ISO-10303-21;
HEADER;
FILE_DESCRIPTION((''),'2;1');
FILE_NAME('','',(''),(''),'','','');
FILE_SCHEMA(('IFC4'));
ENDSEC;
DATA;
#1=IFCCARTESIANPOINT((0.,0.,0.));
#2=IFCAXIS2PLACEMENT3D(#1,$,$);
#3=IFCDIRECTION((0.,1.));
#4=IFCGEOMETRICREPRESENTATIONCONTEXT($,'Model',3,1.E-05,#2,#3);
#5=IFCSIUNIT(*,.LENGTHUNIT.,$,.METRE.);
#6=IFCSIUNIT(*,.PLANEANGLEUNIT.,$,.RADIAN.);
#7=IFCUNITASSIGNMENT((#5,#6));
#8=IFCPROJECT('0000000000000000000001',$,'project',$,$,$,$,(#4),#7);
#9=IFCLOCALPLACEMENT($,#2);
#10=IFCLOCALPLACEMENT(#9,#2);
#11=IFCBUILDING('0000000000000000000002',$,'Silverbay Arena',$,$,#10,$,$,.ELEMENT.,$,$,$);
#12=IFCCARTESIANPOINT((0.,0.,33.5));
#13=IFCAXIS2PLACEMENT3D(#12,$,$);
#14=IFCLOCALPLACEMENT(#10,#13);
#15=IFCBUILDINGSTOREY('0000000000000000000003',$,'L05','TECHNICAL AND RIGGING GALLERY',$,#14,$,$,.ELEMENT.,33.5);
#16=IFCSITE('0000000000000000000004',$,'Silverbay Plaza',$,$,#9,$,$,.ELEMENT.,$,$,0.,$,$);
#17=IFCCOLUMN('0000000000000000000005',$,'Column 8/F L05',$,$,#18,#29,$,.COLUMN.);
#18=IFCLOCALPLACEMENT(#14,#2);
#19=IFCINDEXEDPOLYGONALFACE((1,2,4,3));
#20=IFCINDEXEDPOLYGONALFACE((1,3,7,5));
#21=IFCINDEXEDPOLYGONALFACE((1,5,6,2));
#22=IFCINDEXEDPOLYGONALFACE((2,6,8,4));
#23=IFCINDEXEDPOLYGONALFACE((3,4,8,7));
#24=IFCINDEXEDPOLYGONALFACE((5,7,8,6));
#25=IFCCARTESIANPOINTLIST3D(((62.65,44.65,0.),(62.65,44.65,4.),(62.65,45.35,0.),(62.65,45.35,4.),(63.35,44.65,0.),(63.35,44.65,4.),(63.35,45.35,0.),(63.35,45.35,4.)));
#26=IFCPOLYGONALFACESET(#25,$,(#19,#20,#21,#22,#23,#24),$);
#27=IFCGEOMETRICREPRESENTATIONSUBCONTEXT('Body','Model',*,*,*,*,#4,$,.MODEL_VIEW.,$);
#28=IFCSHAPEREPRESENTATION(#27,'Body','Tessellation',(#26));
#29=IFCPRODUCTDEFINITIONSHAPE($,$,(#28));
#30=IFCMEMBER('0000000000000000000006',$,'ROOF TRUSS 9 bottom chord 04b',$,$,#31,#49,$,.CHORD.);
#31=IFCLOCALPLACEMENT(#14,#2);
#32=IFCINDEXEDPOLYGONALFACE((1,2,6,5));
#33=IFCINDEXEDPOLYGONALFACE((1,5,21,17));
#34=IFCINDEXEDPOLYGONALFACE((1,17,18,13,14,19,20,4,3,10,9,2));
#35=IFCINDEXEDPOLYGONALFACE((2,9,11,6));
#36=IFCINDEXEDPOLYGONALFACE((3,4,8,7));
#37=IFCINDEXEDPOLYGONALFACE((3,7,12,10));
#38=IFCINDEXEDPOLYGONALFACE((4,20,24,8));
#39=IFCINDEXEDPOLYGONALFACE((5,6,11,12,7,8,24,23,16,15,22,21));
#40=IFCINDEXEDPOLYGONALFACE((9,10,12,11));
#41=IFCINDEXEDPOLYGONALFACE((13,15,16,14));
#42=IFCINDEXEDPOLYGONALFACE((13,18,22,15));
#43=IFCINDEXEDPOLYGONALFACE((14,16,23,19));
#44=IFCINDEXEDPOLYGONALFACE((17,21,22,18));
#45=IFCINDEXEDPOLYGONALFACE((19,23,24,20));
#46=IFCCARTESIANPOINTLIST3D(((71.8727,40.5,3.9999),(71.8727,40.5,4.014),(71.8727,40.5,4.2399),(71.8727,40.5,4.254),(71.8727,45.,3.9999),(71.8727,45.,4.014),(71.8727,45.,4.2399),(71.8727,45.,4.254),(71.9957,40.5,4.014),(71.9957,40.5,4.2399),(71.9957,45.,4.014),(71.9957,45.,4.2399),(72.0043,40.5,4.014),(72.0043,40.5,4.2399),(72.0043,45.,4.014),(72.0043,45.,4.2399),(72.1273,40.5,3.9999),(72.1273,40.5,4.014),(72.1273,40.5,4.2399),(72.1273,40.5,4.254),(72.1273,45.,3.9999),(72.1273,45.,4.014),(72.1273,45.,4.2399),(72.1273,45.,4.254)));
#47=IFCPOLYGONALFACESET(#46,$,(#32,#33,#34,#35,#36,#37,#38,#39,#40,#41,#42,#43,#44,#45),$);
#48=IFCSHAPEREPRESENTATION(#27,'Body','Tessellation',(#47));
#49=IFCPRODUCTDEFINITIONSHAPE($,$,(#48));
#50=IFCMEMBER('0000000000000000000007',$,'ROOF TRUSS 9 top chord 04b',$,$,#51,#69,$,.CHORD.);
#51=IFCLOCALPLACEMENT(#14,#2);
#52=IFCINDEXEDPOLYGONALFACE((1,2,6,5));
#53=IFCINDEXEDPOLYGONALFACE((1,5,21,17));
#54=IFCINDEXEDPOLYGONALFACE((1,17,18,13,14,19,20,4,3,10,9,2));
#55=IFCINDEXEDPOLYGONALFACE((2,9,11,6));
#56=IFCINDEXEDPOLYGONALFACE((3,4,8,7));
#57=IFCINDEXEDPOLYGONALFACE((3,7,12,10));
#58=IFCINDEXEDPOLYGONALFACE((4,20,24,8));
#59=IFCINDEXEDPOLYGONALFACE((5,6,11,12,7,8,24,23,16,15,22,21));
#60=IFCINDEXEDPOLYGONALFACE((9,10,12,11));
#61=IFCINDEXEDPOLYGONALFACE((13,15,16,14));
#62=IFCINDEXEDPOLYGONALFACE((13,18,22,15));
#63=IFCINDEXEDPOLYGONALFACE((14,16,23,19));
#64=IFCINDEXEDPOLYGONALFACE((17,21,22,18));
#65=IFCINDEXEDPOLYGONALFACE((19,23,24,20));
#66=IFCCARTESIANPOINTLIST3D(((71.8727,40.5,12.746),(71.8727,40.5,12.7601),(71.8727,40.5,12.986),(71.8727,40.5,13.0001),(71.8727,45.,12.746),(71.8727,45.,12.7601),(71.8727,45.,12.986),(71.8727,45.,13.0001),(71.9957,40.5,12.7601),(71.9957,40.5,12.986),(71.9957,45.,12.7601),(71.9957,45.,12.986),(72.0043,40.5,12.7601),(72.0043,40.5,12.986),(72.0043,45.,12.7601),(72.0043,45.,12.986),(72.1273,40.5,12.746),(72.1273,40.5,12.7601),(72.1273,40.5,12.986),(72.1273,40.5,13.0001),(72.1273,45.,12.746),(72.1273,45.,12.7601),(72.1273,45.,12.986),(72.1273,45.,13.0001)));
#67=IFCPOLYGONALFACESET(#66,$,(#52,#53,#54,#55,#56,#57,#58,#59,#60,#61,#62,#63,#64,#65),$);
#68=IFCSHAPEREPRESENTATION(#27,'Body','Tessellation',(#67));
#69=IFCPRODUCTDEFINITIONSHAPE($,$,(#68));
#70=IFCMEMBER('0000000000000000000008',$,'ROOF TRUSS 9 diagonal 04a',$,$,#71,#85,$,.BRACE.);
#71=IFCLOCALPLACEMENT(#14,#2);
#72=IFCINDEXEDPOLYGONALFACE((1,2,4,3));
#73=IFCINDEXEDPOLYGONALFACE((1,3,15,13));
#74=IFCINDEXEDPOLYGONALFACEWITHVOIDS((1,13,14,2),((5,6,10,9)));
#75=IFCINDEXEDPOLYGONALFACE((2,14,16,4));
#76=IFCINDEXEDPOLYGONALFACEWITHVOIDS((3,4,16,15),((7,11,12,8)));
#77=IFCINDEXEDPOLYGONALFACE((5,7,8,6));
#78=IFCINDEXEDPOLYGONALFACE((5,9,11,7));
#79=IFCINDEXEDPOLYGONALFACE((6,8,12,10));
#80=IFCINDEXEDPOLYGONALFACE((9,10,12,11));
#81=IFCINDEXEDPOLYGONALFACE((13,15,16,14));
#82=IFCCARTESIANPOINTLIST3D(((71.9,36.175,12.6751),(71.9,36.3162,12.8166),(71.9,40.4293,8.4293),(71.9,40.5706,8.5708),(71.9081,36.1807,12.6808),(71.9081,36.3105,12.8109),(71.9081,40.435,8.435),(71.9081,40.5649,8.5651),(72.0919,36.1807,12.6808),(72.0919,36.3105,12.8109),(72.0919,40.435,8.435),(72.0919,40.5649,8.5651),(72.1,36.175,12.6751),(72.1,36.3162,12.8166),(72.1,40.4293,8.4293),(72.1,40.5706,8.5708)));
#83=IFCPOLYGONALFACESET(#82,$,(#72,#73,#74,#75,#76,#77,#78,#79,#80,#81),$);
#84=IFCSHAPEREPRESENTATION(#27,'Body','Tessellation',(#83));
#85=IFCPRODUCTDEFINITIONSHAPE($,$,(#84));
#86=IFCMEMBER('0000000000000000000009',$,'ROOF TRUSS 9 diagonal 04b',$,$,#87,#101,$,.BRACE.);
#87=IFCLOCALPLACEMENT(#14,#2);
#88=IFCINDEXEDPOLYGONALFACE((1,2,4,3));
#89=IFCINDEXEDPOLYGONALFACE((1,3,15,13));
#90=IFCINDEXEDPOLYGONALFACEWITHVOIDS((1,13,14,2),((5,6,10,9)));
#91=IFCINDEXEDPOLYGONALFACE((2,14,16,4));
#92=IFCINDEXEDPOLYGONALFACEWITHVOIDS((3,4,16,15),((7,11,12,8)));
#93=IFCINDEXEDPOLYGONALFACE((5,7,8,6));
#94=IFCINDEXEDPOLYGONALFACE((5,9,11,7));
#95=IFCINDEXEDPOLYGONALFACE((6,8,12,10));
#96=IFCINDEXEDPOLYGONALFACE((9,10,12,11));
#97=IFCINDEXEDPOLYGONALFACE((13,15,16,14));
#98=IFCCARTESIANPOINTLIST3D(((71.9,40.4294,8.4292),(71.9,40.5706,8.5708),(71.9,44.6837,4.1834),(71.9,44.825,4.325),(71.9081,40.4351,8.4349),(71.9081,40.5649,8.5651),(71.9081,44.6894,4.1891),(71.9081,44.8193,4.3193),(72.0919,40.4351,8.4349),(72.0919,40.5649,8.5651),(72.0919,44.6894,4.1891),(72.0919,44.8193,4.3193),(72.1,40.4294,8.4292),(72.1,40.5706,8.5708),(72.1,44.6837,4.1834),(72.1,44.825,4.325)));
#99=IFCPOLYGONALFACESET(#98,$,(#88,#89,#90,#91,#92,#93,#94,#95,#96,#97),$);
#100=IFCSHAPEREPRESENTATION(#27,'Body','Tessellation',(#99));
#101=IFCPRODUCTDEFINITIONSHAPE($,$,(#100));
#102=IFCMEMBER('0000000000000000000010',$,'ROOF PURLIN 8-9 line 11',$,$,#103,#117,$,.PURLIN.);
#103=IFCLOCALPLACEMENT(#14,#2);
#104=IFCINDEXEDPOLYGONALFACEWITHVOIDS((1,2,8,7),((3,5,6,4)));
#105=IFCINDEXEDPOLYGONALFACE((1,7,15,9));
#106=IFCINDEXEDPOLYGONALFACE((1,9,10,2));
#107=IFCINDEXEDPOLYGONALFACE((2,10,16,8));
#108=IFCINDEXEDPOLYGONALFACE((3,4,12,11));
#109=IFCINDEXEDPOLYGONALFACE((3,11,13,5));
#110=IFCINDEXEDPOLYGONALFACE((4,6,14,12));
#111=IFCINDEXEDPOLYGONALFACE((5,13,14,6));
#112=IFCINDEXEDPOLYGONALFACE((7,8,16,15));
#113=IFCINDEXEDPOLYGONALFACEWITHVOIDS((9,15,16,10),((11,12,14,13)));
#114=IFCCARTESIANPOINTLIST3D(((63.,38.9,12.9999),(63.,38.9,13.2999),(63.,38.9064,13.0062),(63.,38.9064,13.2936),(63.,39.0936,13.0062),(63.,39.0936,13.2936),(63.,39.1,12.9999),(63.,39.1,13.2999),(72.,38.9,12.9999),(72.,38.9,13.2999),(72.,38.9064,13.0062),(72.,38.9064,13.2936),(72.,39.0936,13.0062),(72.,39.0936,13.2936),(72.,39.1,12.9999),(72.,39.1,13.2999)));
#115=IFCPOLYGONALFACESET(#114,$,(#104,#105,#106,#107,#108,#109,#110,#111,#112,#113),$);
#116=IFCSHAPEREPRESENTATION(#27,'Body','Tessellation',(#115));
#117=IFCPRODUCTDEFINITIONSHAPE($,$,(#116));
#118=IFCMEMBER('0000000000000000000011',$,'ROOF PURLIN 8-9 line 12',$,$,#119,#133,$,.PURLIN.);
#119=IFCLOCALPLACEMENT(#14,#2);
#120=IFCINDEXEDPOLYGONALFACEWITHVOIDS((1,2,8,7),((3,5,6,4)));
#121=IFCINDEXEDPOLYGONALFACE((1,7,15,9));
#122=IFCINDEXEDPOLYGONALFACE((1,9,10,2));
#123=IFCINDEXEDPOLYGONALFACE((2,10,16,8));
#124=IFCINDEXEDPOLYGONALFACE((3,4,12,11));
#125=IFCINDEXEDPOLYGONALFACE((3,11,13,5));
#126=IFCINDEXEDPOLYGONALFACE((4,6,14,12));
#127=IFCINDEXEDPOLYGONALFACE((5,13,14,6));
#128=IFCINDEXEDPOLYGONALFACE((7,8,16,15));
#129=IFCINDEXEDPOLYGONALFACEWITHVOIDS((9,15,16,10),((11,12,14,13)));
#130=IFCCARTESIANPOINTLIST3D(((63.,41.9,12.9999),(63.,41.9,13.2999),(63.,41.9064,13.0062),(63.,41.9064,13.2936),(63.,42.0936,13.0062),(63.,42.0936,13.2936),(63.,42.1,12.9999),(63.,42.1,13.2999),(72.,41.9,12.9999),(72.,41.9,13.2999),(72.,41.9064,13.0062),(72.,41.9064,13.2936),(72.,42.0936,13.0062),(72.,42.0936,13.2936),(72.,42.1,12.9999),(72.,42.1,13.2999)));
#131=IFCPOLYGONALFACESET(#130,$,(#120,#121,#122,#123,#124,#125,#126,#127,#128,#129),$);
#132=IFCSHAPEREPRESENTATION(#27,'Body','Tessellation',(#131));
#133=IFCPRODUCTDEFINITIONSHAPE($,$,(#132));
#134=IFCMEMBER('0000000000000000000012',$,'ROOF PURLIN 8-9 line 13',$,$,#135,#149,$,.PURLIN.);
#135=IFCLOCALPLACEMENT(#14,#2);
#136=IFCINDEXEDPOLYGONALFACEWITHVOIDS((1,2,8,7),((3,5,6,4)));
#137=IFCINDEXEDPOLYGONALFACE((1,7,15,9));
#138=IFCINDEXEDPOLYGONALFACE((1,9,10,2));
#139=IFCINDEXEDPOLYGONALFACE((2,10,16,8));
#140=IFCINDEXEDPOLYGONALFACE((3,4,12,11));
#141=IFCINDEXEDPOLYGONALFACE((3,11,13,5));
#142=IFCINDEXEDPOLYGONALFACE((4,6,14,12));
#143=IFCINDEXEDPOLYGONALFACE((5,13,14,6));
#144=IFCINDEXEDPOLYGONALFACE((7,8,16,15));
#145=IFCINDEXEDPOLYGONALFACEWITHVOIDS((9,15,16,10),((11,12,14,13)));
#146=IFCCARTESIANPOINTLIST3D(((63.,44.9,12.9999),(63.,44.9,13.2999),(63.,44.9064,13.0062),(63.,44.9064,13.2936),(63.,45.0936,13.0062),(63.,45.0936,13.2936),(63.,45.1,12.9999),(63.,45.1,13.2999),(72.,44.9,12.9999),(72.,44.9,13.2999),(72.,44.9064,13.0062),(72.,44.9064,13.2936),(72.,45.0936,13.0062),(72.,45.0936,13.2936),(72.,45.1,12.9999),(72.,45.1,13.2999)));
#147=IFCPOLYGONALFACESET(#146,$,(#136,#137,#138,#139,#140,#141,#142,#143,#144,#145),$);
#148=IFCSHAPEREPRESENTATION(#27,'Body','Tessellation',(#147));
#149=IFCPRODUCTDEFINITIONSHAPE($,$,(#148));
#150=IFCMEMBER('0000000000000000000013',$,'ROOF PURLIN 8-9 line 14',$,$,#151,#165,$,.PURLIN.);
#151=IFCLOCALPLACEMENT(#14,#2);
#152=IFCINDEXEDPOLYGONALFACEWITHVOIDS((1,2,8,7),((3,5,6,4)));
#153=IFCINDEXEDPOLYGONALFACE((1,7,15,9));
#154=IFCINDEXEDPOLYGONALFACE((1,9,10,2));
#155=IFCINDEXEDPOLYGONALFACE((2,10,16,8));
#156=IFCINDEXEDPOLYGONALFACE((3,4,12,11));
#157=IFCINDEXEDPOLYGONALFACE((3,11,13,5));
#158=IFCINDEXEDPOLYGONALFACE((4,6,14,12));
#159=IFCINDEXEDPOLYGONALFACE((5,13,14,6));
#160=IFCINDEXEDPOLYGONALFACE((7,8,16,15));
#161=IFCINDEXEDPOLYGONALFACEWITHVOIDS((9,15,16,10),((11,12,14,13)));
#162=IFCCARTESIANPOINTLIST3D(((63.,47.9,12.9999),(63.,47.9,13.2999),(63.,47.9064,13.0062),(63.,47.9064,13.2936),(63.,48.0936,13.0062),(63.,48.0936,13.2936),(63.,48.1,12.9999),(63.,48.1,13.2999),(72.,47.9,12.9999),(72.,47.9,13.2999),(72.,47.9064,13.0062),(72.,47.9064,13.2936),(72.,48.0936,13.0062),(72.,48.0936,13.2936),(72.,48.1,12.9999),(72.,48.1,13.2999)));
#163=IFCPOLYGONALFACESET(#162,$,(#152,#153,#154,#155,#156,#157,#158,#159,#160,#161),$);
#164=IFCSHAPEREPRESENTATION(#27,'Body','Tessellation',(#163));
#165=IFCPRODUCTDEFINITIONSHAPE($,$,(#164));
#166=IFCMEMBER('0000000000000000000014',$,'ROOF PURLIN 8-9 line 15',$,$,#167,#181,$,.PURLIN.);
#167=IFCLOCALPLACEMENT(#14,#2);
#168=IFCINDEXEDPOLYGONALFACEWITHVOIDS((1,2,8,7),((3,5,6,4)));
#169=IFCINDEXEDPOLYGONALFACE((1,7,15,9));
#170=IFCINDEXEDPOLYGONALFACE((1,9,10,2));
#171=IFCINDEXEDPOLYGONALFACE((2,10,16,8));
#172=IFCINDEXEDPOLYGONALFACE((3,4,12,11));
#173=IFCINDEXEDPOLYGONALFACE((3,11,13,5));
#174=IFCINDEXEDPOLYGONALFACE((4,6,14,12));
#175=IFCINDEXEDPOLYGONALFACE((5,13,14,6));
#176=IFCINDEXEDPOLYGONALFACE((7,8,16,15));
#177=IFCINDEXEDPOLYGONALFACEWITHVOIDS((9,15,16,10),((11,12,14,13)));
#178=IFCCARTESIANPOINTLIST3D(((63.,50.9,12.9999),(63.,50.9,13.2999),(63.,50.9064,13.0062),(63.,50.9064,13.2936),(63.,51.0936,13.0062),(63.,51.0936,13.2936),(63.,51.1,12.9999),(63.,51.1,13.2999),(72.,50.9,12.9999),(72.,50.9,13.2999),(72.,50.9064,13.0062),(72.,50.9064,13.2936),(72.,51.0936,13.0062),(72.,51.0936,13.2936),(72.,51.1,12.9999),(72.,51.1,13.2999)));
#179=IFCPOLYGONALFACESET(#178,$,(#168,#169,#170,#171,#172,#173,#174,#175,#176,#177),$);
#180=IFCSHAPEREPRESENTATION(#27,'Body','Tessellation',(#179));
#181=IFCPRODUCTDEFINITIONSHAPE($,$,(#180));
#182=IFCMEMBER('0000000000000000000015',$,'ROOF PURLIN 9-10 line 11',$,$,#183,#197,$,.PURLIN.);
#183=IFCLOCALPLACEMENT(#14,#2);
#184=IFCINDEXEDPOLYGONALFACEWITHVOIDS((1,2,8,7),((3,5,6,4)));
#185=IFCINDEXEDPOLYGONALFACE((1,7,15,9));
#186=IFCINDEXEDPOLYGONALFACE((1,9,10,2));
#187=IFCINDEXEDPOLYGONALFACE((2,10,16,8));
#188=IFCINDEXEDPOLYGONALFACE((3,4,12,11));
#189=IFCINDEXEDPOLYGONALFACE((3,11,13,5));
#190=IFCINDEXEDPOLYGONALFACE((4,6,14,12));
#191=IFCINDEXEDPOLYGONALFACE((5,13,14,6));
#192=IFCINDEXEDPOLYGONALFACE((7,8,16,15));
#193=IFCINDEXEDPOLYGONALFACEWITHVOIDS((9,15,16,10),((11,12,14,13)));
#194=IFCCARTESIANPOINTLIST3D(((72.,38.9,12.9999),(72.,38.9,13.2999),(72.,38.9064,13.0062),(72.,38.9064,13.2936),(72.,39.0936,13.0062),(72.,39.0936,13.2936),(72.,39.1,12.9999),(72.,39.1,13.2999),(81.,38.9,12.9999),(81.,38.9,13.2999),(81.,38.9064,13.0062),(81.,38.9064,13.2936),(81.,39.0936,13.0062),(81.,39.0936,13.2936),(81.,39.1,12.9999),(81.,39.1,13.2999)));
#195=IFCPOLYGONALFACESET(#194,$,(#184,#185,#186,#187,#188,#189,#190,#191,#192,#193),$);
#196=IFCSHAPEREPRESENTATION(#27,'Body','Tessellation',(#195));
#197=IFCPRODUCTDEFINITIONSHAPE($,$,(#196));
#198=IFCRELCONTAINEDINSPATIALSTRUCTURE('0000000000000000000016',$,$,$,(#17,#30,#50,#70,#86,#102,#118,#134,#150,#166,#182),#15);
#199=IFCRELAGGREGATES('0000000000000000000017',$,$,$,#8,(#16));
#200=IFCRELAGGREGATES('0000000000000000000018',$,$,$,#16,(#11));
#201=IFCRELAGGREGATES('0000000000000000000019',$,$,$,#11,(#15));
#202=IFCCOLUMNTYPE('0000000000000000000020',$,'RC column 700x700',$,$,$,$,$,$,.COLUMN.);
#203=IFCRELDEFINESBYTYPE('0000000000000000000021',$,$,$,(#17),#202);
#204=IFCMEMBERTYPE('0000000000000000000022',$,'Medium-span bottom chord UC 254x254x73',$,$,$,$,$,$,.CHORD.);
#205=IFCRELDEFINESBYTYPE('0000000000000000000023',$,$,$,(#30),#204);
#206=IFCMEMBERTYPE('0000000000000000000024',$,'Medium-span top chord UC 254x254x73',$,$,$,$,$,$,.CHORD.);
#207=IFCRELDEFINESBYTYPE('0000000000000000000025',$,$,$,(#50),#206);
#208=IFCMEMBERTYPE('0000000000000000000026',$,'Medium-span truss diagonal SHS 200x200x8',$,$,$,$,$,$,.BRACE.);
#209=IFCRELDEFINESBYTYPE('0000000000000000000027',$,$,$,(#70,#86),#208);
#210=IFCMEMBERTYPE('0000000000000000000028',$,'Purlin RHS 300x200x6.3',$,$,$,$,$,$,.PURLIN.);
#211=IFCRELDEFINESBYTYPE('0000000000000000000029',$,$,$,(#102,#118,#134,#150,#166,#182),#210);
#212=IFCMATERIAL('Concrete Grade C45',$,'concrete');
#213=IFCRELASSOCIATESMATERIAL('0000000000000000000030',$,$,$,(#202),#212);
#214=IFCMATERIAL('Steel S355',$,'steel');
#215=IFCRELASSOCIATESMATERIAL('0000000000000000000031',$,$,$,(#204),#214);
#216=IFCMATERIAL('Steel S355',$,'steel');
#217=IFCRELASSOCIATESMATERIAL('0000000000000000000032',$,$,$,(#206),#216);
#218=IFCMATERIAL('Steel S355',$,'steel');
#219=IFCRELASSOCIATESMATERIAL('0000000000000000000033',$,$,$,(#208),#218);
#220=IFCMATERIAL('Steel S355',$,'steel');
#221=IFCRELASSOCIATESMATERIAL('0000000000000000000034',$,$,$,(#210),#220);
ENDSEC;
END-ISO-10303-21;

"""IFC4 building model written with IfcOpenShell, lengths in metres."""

from ifc_helpers import new_model, si_unit, direction, frame, origin, origin_2d, place, context, subcontext, project, spatial, rectangle, hollow_rectangle, i_section, extrude, material, material_profile, profile_set, type_object, element, save


model = new_model("IFC4")

# Units and contexts
model_context = context("Model", 3, precision=1e-05, world=origin(), true_north=direction((0.0, 1.0)))
body_context = subcontext(model_context, "Body", "Model", "MODEL_VIEW")
ifc_project = project(units=[si_unit("LENGTHUNIT", "METRE"), si_unit("PLANEANGLEUNIT", "RADIAN")], contexts=[model_context])

# Site, building, storey
site_placement = place(None, origin())
site = spatial("IfcSite", under=ifc_project, at=site_placement, Name="Silverbay Plaza", CompositionType="ELEMENT", RefElevation=0.0)
building_placement = place(site_placement, origin())
building = spatial("IfcBuilding", under=site, at=building_placement, Name="Silverbay Arena", CompositionType="ELEMENT")
storey_placement = place(building_placement, frame((0.0, 0.0, 33.5)))
storey = spatial("IfcBuildingStorey", under=building, at=storey_placement, Name="L05", Description="TECHNICAL AND RIGGING GALLERY", CompositionType="ELEMENT", Elevation=33.5)

# Column
ifc_material_1 = material(Name="Concrete Grade C45", Category="concrete")
ifc_material_profile_1 = material_profile(ifc_material_1, rectangle(XDim=0.7, YDim=0.7, at=origin_2d()), Name="RC 700x700")
ifc_profile_set_1 = profile_set([ifc_material_profile_1], Name="Concrete Grade C45")
column_type = type_object("IfcColumnType", Name="RC column 700x700", PredefinedType="COLUMN", material=ifc_profile_set_1)
column_placement = place(storey_placement, frame((63.0, 45.0, 0.0), z_axis=(0.0, 0.0, 1.0), x_axis=(1.0, 0.0, 0.0)))
element("IfcColumn", 1, at=column_placement, inside=storey, type_object=column_type, Name="Column 8/F L05", PredefinedType="COLUMN", context=body_context, shape_type="SweptSolid", body=[
    extrude(rectangle(XDim=0.7, YDim=0.7, at=origin_2d()), origin(), (0.0, 0.0, 1.0), 4.0),
])

# Members
ifc_material_2 = material(Name="Steel S355", Category="steel")
ifc_material_profile_2 = material_profile(ifc_material_2, i_section(OverallWidth=0.2546, OverallDepth=0.2542, WebThickness=0.0085, FlangeThickness=0.0142, at=origin_2d()), Name="UC 254x254x73")
ifc_profile_set_2 = profile_set([ifc_material_profile_2], Name="Steel S355")
member_type_1 = type_object("IfcMemberType", Name="Medium-span bottom chord UC 254x254x73", PredefinedType="CHORD", material=ifc_profile_set_2)
member_1_placement = place(storey_placement, frame((72.0, 40.5, 4.127), z_axis=(0.0, 1.0, 0.0), x_axis=(-1.0, 0.0, 0.0)))
element("IfcMember", 2, at=member_1_placement, inside=storey, type_object=member_type_1, Name="ROOF TRUSS 9 bottom chord 04b", PredefinedType="CHORD", context=body_context, shape_type="SweptSolid", body=[
    extrude(i_section(OverallWidth=0.2546, OverallDepth=0.2542, WebThickness=0.0085, FlangeThickness=0.0142, at=origin_2d()), origin(), (0.0, 0.0, 1.0), 4.5),
])
ifc_material_3 = material(Name="Steel S355", Category="steel")
ifc_material_profile_3 = material_profile(ifc_material_3, i_section(OverallWidth=0.2546, OverallDepth=0.2542, WebThickness=0.0085, FlangeThickness=0.0142, at=origin_2d()), Name="UC 254x254x73")
ifc_profile_set_3 = profile_set([ifc_material_profile_3], Name="Steel S355")
member_type_2 = type_object("IfcMemberType", Name="Medium-span top chord UC 254x254x73", PredefinedType="CHORD", material=ifc_profile_set_3)
member_2_placement = place(storey_placement, frame((72.0, 40.5, 12.873), z_axis=(0.0, 1.0, 0.0), x_axis=(-1.0, 0.0, 0.0)))
element("IfcMember", 3, at=member_2_placement, inside=storey, type_object=member_type_2, Name="ROOF TRUSS 9 top chord 04b", PredefinedType="CHORD", context=body_context, shape_type="SweptSolid", body=[
    extrude(i_section(OverallWidth=0.2546, OverallDepth=0.2542, WebThickness=0.0085, FlangeThickness=0.0142, at=origin_2d()), origin(), (0.0, 0.0, 1.0), 4.5),
])
ifc_material_4 = material(Name="Steel S355", Category="steel")
ifc_material_profile_4 = material_profile(ifc_material_4, hollow_rectangle(XDim=0.2, YDim=0.2, WallThickness=0.0081, at=origin_2d()), Name="SHS 200x200x8")
ifc_profile_set_4 = profile_set([ifc_material_profile_4], Name="Steel S355")
member_type_3 = type_object("IfcMemberType", Name="Medium-span truss diagonal SHS 200x200x8", PredefinedType="BRACE", material=ifc_profile_set_4)
for number, where, z_axis, x_axis, name in (
    (4, (72.0, 36.2456, 12.7458), (0.0, 0.707817, -0.706396), (-1.0, 0.0, 0.0), "ROOF TRUSS 9 diagonal 04a"),
    (5, (72.0, 40.5, 8.5), (0.0, 0.707817, -0.706396), (-1.0, 0.0, 0.0), "ROOF TRUSS 9 diagonal 04b"),
):
    element("IfcMember", number, at=place(storey_placement, frame(where, z_axis=z_axis, x_axis=x_axis)), inside=storey, type_object=member_type_3, Name=name, PredefinedType="BRACE", context=body_context, shape_type="SweptSolid", body=[
        extrude(hollow_rectangle(XDim=0.2, YDim=0.2, WallThickness=0.0081, at=origin_2d()), origin(), (0.0, 0.0, 1.0), 6.0105),
    ])
ifc_material_5 = material(Name="Steel S355", Category="steel")
ifc_material_profile_5 = material_profile(ifc_material_5, hollow_rectangle(XDim=0.2, YDim=0.3, WallThickness=0.0063, at=origin_2d()), Name="RHS 300x200x6.3")
ifc_profile_set_5 = profile_set([ifc_material_profile_5], Name="Steel S355")
member_type_4 = type_object("IfcMemberType", Name="Purlin RHS 300x200x6.3", PredefinedType="PURLIN", material=ifc_profile_set_5)
for number, where, z_axis, x_axis, name in (
    (6, (63.0, 39.0, 13.1499), (1.0, 0.0, 0.0), (0.0, 1.0, 0.0), "ROOF PURLIN 8-9 line 11"),
    (7, (63.0, 42.0, 13.1499), (1.0, 0.0, 0.0), (0.0, 1.0, 0.0), "ROOF PURLIN 8-9 line 12"),
    (8, (63.0, 45.0, 13.1499), (1.0, 0.0, 0.0), (0.0, 1.0, 0.0), "ROOF PURLIN 8-9 line 13"),
    (9, (63.0, 48.0, 13.1499), (1.0, 0.0, 0.0), (0.0, 1.0, 0.0), "ROOF PURLIN 8-9 line 14"),
    (10, (63.0, 51.0, 13.1499), (1.0, 0.0, 0.0), (0.0, 1.0, 0.0), "ROOF PURLIN 8-9 line 15"),
    (11, (72.0, 39.0, 13.1499), (1.0, 0.0, 0.0), (0.0, 1.0, 0.0), "ROOF PURLIN 9-10 line 11"),
):
    element("IfcMember", number, at=place(storey_placement, frame(where, z_axis=z_axis, x_axis=x_axis)), inside=storey, type_object=member_type_4, Name=name, PredefinedType="PURLIN", context=body_context, shape_type="SweptSolid", body=[
        extrude(hollow_rectangle(XDim=0.2, YDim=0.3, WallThickness=0.0063, at=origin_2d()), origin(), (0.0, 0.0, 1.0), 9.0),
    ])

save(model, "model.ifc")
